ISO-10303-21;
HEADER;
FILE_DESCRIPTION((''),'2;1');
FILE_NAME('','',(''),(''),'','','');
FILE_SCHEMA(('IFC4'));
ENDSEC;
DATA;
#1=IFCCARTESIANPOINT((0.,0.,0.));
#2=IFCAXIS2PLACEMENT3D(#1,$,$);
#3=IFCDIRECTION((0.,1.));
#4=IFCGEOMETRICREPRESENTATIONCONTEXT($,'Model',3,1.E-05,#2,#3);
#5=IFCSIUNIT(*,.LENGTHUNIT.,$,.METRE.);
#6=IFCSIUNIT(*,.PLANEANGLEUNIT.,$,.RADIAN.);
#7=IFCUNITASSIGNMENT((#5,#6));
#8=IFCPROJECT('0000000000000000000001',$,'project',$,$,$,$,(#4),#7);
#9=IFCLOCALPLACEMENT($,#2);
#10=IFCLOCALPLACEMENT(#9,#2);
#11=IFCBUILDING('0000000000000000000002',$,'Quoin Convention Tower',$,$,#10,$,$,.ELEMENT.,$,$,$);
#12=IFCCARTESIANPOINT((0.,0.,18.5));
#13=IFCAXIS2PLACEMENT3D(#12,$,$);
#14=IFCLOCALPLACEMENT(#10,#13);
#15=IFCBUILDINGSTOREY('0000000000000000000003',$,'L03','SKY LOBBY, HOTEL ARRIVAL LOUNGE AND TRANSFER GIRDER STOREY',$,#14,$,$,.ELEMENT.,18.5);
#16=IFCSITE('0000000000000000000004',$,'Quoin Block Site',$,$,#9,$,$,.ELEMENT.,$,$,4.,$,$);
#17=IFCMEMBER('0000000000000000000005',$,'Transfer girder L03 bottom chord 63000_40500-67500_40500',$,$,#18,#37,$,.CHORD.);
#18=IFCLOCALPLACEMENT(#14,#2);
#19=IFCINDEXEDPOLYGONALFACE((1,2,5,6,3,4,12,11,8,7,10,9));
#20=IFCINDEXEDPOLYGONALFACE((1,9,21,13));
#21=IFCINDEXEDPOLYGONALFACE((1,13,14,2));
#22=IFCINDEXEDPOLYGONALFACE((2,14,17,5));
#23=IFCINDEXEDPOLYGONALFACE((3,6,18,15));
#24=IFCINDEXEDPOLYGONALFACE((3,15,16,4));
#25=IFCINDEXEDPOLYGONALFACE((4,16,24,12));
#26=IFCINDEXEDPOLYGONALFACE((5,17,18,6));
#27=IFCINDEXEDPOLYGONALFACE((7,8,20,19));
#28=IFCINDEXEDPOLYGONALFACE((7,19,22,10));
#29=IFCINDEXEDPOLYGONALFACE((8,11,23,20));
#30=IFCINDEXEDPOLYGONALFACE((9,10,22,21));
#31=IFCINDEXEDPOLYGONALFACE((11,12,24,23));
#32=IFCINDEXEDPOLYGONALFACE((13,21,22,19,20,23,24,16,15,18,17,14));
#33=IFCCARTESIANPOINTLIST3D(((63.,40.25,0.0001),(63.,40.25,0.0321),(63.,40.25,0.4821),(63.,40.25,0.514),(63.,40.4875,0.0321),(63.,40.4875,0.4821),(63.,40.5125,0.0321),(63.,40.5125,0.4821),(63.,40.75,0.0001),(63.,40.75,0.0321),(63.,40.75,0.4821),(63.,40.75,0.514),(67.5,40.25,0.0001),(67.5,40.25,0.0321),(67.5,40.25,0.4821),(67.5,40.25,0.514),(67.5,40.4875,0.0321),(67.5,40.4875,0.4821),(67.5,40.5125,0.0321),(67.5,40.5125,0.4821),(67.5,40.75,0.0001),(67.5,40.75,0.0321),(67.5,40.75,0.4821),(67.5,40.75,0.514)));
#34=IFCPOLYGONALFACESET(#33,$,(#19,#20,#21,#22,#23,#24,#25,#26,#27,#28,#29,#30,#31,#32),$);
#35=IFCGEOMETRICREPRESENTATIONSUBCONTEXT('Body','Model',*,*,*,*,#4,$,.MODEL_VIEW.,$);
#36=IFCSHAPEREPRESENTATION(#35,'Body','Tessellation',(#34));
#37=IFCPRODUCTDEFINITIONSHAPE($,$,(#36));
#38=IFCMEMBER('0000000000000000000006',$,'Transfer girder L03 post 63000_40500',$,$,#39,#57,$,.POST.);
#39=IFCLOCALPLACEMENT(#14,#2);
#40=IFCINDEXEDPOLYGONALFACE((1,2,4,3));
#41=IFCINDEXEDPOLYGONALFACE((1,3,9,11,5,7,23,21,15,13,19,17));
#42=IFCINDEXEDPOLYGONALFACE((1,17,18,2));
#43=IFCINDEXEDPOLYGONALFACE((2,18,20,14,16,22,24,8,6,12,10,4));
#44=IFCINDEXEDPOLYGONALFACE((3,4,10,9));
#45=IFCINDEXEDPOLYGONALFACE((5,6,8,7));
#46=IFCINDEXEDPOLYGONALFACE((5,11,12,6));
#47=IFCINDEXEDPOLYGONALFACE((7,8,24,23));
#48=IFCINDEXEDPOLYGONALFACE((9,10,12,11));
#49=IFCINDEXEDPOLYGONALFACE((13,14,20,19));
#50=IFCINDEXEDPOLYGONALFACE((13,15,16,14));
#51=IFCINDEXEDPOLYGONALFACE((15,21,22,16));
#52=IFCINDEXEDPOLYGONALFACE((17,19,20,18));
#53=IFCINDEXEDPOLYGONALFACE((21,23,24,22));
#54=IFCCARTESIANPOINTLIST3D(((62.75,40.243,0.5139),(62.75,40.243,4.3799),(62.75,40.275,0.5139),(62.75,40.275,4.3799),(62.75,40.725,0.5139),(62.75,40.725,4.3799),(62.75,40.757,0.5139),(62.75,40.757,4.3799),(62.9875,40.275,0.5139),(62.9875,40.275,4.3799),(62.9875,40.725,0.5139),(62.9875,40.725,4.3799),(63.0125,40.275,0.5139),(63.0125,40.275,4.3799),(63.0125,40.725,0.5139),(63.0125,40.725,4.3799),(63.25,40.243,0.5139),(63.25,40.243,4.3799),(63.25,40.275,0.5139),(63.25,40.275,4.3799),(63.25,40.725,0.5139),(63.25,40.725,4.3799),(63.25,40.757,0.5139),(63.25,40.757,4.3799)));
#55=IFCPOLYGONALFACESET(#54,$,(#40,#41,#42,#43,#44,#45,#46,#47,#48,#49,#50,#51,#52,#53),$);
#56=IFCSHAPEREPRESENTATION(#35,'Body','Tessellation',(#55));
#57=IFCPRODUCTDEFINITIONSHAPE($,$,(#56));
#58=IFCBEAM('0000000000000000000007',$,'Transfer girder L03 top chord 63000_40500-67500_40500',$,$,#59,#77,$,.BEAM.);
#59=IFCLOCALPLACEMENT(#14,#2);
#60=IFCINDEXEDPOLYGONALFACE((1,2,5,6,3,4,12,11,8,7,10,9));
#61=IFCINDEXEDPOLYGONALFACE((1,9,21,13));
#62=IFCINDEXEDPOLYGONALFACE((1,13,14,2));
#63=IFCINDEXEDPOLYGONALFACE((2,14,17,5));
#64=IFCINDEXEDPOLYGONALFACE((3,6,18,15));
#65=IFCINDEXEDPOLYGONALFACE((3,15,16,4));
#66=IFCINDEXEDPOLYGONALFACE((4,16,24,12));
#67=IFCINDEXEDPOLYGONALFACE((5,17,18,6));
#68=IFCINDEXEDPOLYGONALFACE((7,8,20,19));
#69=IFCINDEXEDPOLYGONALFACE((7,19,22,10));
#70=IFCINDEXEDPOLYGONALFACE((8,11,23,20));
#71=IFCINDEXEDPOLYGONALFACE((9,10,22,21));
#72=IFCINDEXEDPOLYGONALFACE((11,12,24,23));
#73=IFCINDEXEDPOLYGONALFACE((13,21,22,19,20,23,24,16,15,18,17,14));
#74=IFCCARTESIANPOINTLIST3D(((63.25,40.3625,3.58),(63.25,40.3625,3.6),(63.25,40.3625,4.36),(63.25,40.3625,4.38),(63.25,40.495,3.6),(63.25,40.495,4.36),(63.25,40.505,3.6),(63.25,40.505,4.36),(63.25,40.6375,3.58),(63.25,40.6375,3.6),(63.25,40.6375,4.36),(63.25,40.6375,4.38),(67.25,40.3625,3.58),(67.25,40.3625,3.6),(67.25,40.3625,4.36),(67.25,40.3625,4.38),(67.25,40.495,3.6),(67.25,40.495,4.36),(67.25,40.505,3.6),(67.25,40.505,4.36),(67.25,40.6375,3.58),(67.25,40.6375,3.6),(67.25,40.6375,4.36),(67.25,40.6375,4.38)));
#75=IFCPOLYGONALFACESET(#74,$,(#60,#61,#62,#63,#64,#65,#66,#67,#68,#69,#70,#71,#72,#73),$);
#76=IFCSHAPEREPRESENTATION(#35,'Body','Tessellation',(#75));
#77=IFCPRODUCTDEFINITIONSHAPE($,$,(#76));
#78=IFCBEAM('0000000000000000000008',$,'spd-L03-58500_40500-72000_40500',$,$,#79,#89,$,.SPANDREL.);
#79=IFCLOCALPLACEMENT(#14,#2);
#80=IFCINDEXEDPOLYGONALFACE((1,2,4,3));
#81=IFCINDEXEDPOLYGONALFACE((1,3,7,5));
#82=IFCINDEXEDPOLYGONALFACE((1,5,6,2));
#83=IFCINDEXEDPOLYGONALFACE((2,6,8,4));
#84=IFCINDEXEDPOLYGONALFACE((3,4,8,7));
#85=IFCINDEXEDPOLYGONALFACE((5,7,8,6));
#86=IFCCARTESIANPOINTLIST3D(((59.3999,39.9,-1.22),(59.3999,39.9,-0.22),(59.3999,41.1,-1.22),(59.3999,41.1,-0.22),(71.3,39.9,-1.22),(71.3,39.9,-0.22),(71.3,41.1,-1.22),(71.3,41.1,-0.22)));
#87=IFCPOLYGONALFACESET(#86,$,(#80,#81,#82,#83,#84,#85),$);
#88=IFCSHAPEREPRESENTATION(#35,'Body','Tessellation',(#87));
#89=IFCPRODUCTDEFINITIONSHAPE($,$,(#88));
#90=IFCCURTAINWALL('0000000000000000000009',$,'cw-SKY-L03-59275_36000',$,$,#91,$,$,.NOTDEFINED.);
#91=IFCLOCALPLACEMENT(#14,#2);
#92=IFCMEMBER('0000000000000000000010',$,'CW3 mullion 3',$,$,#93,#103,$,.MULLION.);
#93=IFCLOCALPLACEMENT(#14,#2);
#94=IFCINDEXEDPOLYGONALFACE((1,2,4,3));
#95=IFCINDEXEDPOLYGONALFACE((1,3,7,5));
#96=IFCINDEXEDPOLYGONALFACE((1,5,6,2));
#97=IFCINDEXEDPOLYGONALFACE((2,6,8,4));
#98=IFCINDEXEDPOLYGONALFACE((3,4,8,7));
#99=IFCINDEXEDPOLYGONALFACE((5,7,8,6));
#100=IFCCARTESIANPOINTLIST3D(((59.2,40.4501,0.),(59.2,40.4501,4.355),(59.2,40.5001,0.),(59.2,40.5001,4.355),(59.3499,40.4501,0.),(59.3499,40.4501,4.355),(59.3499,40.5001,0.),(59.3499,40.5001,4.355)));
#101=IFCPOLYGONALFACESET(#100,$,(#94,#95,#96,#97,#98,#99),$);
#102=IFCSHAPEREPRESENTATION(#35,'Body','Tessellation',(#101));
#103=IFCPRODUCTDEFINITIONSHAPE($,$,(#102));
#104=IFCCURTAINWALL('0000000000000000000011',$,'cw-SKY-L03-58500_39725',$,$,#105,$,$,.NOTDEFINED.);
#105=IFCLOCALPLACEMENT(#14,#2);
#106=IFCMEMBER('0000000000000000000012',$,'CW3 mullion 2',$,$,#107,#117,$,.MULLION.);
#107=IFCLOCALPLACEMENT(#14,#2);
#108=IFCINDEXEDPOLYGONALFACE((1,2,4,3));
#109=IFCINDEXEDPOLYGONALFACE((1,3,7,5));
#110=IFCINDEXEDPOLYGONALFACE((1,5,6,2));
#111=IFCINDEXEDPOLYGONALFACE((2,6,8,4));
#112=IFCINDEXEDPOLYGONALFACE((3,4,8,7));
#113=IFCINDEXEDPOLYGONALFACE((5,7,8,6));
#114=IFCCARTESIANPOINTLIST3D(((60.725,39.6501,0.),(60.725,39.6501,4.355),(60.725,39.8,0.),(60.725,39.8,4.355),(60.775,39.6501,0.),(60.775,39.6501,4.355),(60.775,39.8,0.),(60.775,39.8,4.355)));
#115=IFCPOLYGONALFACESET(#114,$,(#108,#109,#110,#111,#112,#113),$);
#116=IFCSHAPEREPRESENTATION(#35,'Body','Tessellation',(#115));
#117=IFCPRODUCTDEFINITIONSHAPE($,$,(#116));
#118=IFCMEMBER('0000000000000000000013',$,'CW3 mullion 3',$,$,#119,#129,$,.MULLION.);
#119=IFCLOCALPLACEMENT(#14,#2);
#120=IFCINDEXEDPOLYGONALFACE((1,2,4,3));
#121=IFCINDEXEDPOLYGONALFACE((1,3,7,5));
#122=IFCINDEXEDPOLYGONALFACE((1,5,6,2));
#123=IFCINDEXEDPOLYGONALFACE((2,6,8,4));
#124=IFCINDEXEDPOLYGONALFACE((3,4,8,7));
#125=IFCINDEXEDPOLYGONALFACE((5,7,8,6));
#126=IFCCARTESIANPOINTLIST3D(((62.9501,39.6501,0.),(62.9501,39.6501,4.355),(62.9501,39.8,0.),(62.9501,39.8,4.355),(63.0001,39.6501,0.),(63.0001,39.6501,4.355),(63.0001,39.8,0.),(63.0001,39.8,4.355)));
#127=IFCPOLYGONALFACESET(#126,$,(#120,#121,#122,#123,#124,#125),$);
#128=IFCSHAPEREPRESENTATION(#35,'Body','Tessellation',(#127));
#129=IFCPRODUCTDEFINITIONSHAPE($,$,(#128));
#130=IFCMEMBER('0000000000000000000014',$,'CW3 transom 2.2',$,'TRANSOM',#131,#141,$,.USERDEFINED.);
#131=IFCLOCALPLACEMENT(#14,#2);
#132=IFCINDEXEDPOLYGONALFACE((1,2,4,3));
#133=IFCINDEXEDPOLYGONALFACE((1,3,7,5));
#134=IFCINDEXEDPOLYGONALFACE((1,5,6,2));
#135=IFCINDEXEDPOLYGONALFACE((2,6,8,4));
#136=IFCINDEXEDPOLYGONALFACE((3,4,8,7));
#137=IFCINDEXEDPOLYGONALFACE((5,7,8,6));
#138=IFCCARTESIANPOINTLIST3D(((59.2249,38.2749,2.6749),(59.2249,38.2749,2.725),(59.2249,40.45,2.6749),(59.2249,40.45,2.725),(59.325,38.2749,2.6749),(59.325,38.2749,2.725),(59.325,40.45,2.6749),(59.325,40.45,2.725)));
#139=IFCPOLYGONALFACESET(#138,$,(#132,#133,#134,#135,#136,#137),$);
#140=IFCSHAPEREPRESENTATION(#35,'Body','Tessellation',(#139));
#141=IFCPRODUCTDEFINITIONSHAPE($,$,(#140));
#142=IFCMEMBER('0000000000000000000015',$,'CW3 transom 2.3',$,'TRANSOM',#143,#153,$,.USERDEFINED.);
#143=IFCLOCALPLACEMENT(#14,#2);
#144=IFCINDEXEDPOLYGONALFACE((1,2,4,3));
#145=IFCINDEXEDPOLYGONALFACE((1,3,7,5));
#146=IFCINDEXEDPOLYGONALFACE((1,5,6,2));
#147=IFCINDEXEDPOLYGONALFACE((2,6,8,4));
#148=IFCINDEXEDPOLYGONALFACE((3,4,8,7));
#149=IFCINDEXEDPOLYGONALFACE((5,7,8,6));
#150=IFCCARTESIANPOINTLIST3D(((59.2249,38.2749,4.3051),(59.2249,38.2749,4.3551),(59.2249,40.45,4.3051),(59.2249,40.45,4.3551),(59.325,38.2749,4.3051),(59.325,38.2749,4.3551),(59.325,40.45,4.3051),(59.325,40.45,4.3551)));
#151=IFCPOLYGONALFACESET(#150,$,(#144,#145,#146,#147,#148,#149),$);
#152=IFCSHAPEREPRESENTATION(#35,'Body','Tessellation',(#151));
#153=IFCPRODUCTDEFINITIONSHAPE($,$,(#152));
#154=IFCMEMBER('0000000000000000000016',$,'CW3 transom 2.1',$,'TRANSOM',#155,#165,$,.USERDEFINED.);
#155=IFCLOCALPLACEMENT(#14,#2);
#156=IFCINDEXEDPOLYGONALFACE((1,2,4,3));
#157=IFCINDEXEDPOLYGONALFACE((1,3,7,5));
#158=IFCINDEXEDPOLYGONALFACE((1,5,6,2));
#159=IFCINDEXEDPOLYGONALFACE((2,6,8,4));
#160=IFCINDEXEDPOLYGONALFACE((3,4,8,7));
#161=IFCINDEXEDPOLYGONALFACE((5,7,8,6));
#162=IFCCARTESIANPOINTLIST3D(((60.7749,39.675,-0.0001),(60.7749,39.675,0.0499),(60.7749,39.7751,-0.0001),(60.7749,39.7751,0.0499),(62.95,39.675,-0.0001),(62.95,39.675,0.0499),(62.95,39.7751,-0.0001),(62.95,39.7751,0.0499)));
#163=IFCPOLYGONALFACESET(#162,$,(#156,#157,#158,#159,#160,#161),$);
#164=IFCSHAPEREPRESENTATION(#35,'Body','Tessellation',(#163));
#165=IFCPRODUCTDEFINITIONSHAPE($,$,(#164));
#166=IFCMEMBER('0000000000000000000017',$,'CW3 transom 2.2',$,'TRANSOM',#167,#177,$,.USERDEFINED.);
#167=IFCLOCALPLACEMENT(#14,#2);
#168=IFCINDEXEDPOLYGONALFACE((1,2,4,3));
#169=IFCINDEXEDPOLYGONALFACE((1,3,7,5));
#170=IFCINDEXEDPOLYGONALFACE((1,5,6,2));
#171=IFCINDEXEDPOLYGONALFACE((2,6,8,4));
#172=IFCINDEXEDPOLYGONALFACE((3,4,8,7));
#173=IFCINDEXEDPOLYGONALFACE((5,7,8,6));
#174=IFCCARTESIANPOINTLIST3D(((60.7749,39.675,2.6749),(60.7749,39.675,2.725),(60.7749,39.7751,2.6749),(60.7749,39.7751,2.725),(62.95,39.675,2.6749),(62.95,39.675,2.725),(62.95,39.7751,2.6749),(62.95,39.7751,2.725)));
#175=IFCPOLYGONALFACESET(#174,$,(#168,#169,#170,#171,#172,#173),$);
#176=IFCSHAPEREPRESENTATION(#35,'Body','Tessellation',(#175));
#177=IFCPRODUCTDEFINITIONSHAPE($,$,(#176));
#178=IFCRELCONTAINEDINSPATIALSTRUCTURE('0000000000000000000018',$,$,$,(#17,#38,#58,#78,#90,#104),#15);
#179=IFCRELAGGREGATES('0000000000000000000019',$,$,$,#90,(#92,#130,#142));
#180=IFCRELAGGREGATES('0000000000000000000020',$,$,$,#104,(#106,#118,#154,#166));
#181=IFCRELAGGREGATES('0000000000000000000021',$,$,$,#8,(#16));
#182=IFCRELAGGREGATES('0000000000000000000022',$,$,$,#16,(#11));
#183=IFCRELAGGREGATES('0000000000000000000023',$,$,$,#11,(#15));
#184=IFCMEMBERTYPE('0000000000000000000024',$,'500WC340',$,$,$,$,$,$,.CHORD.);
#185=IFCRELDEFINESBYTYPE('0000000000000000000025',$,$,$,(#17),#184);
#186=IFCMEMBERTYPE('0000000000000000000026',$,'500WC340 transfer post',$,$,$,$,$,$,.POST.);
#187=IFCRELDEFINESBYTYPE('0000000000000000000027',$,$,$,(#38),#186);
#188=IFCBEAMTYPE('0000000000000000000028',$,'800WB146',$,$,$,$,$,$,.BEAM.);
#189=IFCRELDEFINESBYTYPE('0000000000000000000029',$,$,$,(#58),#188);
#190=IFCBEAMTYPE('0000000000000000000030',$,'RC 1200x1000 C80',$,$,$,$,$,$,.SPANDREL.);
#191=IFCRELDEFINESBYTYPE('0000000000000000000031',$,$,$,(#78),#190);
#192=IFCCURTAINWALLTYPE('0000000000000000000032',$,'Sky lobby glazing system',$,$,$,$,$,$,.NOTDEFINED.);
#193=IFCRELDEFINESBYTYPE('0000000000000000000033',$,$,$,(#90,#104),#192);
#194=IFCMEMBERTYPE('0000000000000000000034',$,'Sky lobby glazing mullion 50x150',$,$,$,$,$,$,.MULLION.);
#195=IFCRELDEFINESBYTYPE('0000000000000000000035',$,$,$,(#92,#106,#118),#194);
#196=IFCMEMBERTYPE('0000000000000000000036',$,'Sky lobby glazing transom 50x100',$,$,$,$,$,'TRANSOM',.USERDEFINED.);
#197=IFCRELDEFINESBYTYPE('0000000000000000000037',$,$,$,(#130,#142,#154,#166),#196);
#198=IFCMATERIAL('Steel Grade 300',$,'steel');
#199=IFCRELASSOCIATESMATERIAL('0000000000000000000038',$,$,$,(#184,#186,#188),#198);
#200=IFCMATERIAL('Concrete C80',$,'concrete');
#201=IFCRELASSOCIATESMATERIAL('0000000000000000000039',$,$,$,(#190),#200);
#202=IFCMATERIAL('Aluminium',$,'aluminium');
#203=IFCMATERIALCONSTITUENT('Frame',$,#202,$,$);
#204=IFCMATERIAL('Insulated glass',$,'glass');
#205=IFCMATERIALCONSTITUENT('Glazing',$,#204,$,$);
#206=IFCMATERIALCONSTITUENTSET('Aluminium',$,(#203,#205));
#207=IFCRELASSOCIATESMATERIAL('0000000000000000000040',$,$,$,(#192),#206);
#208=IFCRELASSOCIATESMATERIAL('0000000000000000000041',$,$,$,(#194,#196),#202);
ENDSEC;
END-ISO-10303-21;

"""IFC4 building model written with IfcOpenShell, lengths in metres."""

from ifc_helpers import new_model, si_unit, direction, frame, origin, origin_2d, place, context, subcontext, project, spatial, rectangle, i_section, extrude, material, constituent, constituent_set, material_profile, profile_set, type_object, element, aggregate, save


model = new_model("IFC4")

# Units and contexts
model_context = context("Model", 3, precision=1e-05, world=origin(), true_north=direction((0.0, 1.0)))
body_context = subcontext(model_context, "Body", "Model", "MODEL_VIEW")
ifc_project = project(units=[si_unit("LENGTHUNIT", "METRE"), si_unit("PLANEANGLEUNIT", "RADIAN")], contexts=[model_context])

# Site, building, storey
site_placement = place(None, origin())
site = spatial("IfcSite", under=ifc_project, at=site_placement, Name="Quoin Block Site", CompositionType="ELEMENT", RefElevation=4.0)
building_placement = place(site_placement, origin())
building = spatial("IfcBuilding", under=site, at=building_placement, Name="Quoin Convention Tower", CompositionType="ELEMENT")
storey_placement = place(building_placement, frame((0.0, 0.0, 18.5)))
storey = spatial("IfcBuildingStorey", under=building, at=storey_placement, Name="L03", Description="SKY LOBBY, HOTEL ARRIVAL LOUNGE AND TRANSFER GIRDER STOREY", CompositionType="ELEMENT", Elevation=18.5)

# Members
ifc_material_1 = material(Name="Steel Grade 300", Category="steel")
ifc_material_profile_1 = material_profile(ifc_material_1, i_section(OverallWidth=0.5, OverallDepth=0.5139, WebThickness=0.0249, FlangeThickness=0.032, at=origin_2d()), Name="500WC340")
ifc_profile_set_1 = profile_set([ifc_material_profile_1], Name="Steel Grade 300")
member_type_1 = type_object("IfcMemberType", Name="500WC340", PredefinedType="CHORD", material=ifc_profile_set_1)
member_1_placement = place(storey_placement, frame((63.0, 40.5, 0.2571), z_axis=(1.0, 0.0, 0.0), x_axis=(0.0, 1.0, 0.0)))
element("IfcMember", 1, at=member_1_placement, inside=storey, type_object=member_type_1, Name="Transfer girder L03 bottom chord 63000_40500-67500_40500", PredefinedType="CHORD", context=body_context, shape_type="SweptSolid", body=[
    extrude(i_section(OverallWidth=0.5, OverallDepth=0.5139, WebThickness=0.0249, FlangeThickness=0.032, at=origin_2d()), origin(), (0.0, 0.0, 1.0), 4.5),
])
ifc_material_profile_2 = material_profile(ifc_material_1, i_section(OverallWidth=0.5, OverallDepth=0.5139, WebThickness=0.0249, FlangeThickness=0.032, at=origin_2d()), Name="500WC340")
ifc_profile_set_2 = profile_set([ifc_material_profile_2], Name="Steel Grade 300")
member_type_2 = type_object("IfcMemberType", Name="500WC340 transfer post", PredefinedType="POST", material=ifc_profile_set_2)
member_2_placement = place(storey_placement, frame((63.0, 40.5, 0.5139), z_axis=(0.0, 0.0, 1.0), x_axis=(1.0, 0.0, 0.0)))
element("IfcMember", 2, at=member_2_placement, inside=storey, type_object=member_type_2, Name="Transfer girder L03 post 63000_40500", PredefinedType="POST", context=body_context, shape_type="SweptSolid", body=[
    extrude(i_section(OverallWidth=0.5, OverallDepth=0.5139, WebThickness=0.0249, FlangeThickness=0.032, at=origin_2d()), origin(), (0.0, 0.0, 1.0), 3.866),
])

# Beams
ifc_material_profile_3 = material_profile(ifc_material_1, i_section(OverallWidth=0.2749, OverallDepth=0.8, WebThickness=0.01, FlangeThickness=0.02, at=origin_2d()), Name="800WB146")
ifc_profile_set_3 = profile_set([ifc_material_profile_3], Name="Steel Grade 300")
beam_type_1 = type_object("IfcBeamType", Name="800WB146", PredefinedType="BEAM", material=ifc_profile_set_3)
beam_1_placement = place(storey_placement, frame((63.25, 40.5, 3.98), z_axis=(1.0, 0.0, 0.0), x_axis=(0.0, 1.0, 0.0)))
element("IfcBeam", 3, at=beam_1_placement, inside=storey, type_object=beam_type_1, Name="Transfer girder L03 top chord 63000_40500-67500_40500", PredefinedType="BEAM", context=body_context, shape_type="SweptSolid", body=[
    extrude(i_section(OverallWidth=0.2749, OverallDepth=0.8, WebThickness=0.01, FlangeThickness=0.02, at=origin_2d()), origin(), (0.0, 0.0, 1.0), 4.0),
])
ifc_material_2 = material(Name="Concrete C80", Category="concrete")
ifc_material_profile_4 = material_profile(ifc_material_2, rectangle(XDim=1.2, YDim=1.0, at=origin_2d()), Name="RC 1200x1000")
ifc_profile_set_4 = profile_set([ifc_material_profile_4], Name="Concrete C80")
beam_type_2 = type_object("IfcBeamType", Name="RC 1200x1000 C80", PredefinedType="SPANDREL", material=ifc_profile_set_4)
beam_2_placement = place(storey_placement, frame((59.3999, 40.5, -0.72), z_axis=(1.0, 0.0, 0.0), x_axis=(0.0, 1.0, 0.0)))
element("IfcBeam", 4, at=beam_2_placement, inside=storey, type_object=beam_type_2, Name="spd-L03-58500_40500-72000_40500", PredefinedType="SPANDREL", context=body_context, shape_type="SweptSolid", body=[
    extrude(rectangle(XDim=1.2, YDim=1.0, at=origin_2d()), origin(), (0.0, 0.0, 1.0), 11.9001),
])

# Curtain wall, member
ifc_material_3 = material(Name="Aluminium", Category="aluminium")
ifc_constituent_1 = constituent(ifc_material_3, Name="Frame")
ifc_material_4 = material(Name="Insulated glass", Category="glass")
ifc_constituent_2 = constituent(ifc_material_4, Name="Glazing")
ifc_constituent_set_1 = constituent_set(constituents=[ifc_constituent_1, ifc_constituent_2], Name="Aluminium")
curtain_wall_type = type_object("IfcCurtainWallType", Name="Sky lobby glazing system", PredefinedType="NOTDEFINED", material=ifc_constituent_set_1)
curtain_wall_1_placement = place(storey_placement, origin())
curtain_wall_1 = element("IfcCurtainWall", 5, at=curtain_wall_1_placement, inside=storey, type_object=curtain_wall_type, Name="cw-SKY-L03-59275_36000", PredefinedType="NOTDEFINED")
ifc_material_profile_5 = material_profile(ifc_material_3, rectangle(XDim=0.1499, YDim=0.05, at=origin_2d()), Name="Sky lobby glazing mullion 50x150")
ifc_profile_set_5 = profile_set([ifc_material_profile_5], Name="Aluminium")
member_type_3 = type_object("IfcMemberType", Name="Sky lobby glazing mullion 50x150", PredefinedType="MULLION", material=ifc_profile_set_5)
member_3_placement = place(storey_placement, frame((59.2749, 40.4751, 0.0), z_axis=(0.0, 0.0, 1.0), x_axis=(-1.0, 0.0, 0.0)))
member_3 = element("IfcMember", 6, at=member_3_placement, type_object=member_type_3, Name="CW3 mullion 3", PredefinedType="MULLION", context=body_context, shape_type="SweptSolid", body=[
    extrude(rectangle(XDim=0.1499, YDim=0.05, at=origin_2d()), origin(), (0.0, 0.0, 1.0), 4.355),
])

# Curtain wall, members
curtain_wall_2_placement = place(storey_placement, origin())
curtain_wall_2 = element("IfcCurtainWall", 7, at=curtain_wall_2_placement, inside=storey, type_object=curtain_wall_type, Name="cw-SKY-L03-58500_39725", PredefinedType="NOTDEFINED")
member_4_placement = place(storey_placement, frame((60.75, 39.7251, 0.0), z_axis=(0.0, 0.0, 1.0), x_axis=(0.0, 1.0, 0.0)))
member_4 = element("IfcMember", 8, at=member_4_placement, type_object=member_type_3, Name="CW3 mullion 2", PredefinedType="MULLION", context=body_context, shape_type="SweptSolid", body=[
    extrude(rectangle(XDim=0.1499, YDim=0.05, at=origin_2d()), origin(), (0.0, 0.0, 1.0), 4.355),
])
member_5_placement = place(storey_placement, frame((62.9751, 39.7251, 0.0), z_axis=(0.0, 0.0, 1.0), x_axis=(0.0, 1.0, 0.0)))
member_5 = element("IfcMember", 9, at=member_5_placement, type_object=member_type_3, Name="CW3 mullion 3", PredefinedType="MULLION", context=body_context, shape_type="SweptSolid", body=[
    extrude(rectangle(XDim=0.1499, YDim=0.05, at=origin_2d()), origin(), (0.0, 0.0, 1.0), 4.355),
])

# Members
ifc_material_profile_6 = material_profile(ifc_material_3, rectangle(XDim=0.1001, YDim=0.05, at=origin_2d()), Name="Sky lobby glazing transom 50x100")
ifc_profile_set_6 = profile_set([ifc_material_profile_6], Name="Aluminium")
member_type_4 = type_object("IfcMemberType", Name="Sky lobby glazing transom 50x100", ElementType="TRANSOM", PredefinedType="USERDEFINED", material=ifc_profile_set_6)
member_6_placement = place(storey_placement, frame((59.2749, 38.2749, 2.7), z_axis=(0.0, 1.0, 0.0), x_axis=(-1.0, 0.0, 0.0)))
member_6 = element("IfcMember", 10, at=member_6_placement, type_object=member_type_4, Name="CW3 transom 2.2", ObjectType="TRANSOM", PredefinedType="USERDEFINED", context=body_context, shape_type="SweptSolid", body=[
    extrude(rectangle(XDim=0.1001, YDim=0.05, at=origin_2d()), origin(), (0.0, 0.0, 1.0), 2.175),
])
member_7_placement = place(storey_placement, frame((59.2749, 38.2749, 4.3301), z_axis=(0.0, 1.0, 0.0), x_axis=(-1.0, 0.0, 0.0)))
member_7 = element("IfcMember", 11, at=member_7_placement, type_object=member_type_4, Name="CW3 transom 2.3", ObjectType="TRANSOM", PredefinedType="USERDEFINED", context=body_context, shape_type="SweptSolid", body=[
    extrude(rectangle(XDim=0.1001, YDim=0.05, at=origin_2d()), origin(), (0.0, 0.0, 1.0), 2.175),
])
member_8_placement = place(storey_placement, frame((60.7749, 39.7251, 0.0249), z_axis=(1.0, 0.0, 0.0), x_axis=(0.0, 1.0, 0.0)))
member_8 = element("IfcMember", 12, at=member_8_placement, type_object=member_type_4, Name="CW3 transom 2.1", ObjectType="TRANSOM", PredefinedType="USERDEFINED", context=body_context, shape_type="SweptSolid", body=[
    extrude(rectangle(XDim=0.1001, YDim=0.05, at=origin_2d()), origin(), (0.0, 0.0, 1.0), 2.175),
])
member_9_placement = place(storey_placement, frame((60.7749, 39.7251, 2.7), z_axis=(1.0, 0.0, 0.0), x_axis=(0.0, 1.0, 0.0)))
member_9 = element("IfcMember", 13, at=member_9_placement, type_object=member_type_4, Name="CW3 transom 2.2", ObjectType="TRANSOM", PredefinedType="USERDEFINED", context=body_context, shape_type="SweptSolid", body=[
    extrude(rectangle(XDim=0.1001, YDim=0.05, at=origin_2d()), origin(), (0.0, 0.0, 1.0), 2.175),
])

aggregate(curtain_wall_1, [member_3, member_6, member_7])
aggregate(curtain_wall_2, [member_4, member_5, member_8, member_9])

save(model, "model.ifc")
